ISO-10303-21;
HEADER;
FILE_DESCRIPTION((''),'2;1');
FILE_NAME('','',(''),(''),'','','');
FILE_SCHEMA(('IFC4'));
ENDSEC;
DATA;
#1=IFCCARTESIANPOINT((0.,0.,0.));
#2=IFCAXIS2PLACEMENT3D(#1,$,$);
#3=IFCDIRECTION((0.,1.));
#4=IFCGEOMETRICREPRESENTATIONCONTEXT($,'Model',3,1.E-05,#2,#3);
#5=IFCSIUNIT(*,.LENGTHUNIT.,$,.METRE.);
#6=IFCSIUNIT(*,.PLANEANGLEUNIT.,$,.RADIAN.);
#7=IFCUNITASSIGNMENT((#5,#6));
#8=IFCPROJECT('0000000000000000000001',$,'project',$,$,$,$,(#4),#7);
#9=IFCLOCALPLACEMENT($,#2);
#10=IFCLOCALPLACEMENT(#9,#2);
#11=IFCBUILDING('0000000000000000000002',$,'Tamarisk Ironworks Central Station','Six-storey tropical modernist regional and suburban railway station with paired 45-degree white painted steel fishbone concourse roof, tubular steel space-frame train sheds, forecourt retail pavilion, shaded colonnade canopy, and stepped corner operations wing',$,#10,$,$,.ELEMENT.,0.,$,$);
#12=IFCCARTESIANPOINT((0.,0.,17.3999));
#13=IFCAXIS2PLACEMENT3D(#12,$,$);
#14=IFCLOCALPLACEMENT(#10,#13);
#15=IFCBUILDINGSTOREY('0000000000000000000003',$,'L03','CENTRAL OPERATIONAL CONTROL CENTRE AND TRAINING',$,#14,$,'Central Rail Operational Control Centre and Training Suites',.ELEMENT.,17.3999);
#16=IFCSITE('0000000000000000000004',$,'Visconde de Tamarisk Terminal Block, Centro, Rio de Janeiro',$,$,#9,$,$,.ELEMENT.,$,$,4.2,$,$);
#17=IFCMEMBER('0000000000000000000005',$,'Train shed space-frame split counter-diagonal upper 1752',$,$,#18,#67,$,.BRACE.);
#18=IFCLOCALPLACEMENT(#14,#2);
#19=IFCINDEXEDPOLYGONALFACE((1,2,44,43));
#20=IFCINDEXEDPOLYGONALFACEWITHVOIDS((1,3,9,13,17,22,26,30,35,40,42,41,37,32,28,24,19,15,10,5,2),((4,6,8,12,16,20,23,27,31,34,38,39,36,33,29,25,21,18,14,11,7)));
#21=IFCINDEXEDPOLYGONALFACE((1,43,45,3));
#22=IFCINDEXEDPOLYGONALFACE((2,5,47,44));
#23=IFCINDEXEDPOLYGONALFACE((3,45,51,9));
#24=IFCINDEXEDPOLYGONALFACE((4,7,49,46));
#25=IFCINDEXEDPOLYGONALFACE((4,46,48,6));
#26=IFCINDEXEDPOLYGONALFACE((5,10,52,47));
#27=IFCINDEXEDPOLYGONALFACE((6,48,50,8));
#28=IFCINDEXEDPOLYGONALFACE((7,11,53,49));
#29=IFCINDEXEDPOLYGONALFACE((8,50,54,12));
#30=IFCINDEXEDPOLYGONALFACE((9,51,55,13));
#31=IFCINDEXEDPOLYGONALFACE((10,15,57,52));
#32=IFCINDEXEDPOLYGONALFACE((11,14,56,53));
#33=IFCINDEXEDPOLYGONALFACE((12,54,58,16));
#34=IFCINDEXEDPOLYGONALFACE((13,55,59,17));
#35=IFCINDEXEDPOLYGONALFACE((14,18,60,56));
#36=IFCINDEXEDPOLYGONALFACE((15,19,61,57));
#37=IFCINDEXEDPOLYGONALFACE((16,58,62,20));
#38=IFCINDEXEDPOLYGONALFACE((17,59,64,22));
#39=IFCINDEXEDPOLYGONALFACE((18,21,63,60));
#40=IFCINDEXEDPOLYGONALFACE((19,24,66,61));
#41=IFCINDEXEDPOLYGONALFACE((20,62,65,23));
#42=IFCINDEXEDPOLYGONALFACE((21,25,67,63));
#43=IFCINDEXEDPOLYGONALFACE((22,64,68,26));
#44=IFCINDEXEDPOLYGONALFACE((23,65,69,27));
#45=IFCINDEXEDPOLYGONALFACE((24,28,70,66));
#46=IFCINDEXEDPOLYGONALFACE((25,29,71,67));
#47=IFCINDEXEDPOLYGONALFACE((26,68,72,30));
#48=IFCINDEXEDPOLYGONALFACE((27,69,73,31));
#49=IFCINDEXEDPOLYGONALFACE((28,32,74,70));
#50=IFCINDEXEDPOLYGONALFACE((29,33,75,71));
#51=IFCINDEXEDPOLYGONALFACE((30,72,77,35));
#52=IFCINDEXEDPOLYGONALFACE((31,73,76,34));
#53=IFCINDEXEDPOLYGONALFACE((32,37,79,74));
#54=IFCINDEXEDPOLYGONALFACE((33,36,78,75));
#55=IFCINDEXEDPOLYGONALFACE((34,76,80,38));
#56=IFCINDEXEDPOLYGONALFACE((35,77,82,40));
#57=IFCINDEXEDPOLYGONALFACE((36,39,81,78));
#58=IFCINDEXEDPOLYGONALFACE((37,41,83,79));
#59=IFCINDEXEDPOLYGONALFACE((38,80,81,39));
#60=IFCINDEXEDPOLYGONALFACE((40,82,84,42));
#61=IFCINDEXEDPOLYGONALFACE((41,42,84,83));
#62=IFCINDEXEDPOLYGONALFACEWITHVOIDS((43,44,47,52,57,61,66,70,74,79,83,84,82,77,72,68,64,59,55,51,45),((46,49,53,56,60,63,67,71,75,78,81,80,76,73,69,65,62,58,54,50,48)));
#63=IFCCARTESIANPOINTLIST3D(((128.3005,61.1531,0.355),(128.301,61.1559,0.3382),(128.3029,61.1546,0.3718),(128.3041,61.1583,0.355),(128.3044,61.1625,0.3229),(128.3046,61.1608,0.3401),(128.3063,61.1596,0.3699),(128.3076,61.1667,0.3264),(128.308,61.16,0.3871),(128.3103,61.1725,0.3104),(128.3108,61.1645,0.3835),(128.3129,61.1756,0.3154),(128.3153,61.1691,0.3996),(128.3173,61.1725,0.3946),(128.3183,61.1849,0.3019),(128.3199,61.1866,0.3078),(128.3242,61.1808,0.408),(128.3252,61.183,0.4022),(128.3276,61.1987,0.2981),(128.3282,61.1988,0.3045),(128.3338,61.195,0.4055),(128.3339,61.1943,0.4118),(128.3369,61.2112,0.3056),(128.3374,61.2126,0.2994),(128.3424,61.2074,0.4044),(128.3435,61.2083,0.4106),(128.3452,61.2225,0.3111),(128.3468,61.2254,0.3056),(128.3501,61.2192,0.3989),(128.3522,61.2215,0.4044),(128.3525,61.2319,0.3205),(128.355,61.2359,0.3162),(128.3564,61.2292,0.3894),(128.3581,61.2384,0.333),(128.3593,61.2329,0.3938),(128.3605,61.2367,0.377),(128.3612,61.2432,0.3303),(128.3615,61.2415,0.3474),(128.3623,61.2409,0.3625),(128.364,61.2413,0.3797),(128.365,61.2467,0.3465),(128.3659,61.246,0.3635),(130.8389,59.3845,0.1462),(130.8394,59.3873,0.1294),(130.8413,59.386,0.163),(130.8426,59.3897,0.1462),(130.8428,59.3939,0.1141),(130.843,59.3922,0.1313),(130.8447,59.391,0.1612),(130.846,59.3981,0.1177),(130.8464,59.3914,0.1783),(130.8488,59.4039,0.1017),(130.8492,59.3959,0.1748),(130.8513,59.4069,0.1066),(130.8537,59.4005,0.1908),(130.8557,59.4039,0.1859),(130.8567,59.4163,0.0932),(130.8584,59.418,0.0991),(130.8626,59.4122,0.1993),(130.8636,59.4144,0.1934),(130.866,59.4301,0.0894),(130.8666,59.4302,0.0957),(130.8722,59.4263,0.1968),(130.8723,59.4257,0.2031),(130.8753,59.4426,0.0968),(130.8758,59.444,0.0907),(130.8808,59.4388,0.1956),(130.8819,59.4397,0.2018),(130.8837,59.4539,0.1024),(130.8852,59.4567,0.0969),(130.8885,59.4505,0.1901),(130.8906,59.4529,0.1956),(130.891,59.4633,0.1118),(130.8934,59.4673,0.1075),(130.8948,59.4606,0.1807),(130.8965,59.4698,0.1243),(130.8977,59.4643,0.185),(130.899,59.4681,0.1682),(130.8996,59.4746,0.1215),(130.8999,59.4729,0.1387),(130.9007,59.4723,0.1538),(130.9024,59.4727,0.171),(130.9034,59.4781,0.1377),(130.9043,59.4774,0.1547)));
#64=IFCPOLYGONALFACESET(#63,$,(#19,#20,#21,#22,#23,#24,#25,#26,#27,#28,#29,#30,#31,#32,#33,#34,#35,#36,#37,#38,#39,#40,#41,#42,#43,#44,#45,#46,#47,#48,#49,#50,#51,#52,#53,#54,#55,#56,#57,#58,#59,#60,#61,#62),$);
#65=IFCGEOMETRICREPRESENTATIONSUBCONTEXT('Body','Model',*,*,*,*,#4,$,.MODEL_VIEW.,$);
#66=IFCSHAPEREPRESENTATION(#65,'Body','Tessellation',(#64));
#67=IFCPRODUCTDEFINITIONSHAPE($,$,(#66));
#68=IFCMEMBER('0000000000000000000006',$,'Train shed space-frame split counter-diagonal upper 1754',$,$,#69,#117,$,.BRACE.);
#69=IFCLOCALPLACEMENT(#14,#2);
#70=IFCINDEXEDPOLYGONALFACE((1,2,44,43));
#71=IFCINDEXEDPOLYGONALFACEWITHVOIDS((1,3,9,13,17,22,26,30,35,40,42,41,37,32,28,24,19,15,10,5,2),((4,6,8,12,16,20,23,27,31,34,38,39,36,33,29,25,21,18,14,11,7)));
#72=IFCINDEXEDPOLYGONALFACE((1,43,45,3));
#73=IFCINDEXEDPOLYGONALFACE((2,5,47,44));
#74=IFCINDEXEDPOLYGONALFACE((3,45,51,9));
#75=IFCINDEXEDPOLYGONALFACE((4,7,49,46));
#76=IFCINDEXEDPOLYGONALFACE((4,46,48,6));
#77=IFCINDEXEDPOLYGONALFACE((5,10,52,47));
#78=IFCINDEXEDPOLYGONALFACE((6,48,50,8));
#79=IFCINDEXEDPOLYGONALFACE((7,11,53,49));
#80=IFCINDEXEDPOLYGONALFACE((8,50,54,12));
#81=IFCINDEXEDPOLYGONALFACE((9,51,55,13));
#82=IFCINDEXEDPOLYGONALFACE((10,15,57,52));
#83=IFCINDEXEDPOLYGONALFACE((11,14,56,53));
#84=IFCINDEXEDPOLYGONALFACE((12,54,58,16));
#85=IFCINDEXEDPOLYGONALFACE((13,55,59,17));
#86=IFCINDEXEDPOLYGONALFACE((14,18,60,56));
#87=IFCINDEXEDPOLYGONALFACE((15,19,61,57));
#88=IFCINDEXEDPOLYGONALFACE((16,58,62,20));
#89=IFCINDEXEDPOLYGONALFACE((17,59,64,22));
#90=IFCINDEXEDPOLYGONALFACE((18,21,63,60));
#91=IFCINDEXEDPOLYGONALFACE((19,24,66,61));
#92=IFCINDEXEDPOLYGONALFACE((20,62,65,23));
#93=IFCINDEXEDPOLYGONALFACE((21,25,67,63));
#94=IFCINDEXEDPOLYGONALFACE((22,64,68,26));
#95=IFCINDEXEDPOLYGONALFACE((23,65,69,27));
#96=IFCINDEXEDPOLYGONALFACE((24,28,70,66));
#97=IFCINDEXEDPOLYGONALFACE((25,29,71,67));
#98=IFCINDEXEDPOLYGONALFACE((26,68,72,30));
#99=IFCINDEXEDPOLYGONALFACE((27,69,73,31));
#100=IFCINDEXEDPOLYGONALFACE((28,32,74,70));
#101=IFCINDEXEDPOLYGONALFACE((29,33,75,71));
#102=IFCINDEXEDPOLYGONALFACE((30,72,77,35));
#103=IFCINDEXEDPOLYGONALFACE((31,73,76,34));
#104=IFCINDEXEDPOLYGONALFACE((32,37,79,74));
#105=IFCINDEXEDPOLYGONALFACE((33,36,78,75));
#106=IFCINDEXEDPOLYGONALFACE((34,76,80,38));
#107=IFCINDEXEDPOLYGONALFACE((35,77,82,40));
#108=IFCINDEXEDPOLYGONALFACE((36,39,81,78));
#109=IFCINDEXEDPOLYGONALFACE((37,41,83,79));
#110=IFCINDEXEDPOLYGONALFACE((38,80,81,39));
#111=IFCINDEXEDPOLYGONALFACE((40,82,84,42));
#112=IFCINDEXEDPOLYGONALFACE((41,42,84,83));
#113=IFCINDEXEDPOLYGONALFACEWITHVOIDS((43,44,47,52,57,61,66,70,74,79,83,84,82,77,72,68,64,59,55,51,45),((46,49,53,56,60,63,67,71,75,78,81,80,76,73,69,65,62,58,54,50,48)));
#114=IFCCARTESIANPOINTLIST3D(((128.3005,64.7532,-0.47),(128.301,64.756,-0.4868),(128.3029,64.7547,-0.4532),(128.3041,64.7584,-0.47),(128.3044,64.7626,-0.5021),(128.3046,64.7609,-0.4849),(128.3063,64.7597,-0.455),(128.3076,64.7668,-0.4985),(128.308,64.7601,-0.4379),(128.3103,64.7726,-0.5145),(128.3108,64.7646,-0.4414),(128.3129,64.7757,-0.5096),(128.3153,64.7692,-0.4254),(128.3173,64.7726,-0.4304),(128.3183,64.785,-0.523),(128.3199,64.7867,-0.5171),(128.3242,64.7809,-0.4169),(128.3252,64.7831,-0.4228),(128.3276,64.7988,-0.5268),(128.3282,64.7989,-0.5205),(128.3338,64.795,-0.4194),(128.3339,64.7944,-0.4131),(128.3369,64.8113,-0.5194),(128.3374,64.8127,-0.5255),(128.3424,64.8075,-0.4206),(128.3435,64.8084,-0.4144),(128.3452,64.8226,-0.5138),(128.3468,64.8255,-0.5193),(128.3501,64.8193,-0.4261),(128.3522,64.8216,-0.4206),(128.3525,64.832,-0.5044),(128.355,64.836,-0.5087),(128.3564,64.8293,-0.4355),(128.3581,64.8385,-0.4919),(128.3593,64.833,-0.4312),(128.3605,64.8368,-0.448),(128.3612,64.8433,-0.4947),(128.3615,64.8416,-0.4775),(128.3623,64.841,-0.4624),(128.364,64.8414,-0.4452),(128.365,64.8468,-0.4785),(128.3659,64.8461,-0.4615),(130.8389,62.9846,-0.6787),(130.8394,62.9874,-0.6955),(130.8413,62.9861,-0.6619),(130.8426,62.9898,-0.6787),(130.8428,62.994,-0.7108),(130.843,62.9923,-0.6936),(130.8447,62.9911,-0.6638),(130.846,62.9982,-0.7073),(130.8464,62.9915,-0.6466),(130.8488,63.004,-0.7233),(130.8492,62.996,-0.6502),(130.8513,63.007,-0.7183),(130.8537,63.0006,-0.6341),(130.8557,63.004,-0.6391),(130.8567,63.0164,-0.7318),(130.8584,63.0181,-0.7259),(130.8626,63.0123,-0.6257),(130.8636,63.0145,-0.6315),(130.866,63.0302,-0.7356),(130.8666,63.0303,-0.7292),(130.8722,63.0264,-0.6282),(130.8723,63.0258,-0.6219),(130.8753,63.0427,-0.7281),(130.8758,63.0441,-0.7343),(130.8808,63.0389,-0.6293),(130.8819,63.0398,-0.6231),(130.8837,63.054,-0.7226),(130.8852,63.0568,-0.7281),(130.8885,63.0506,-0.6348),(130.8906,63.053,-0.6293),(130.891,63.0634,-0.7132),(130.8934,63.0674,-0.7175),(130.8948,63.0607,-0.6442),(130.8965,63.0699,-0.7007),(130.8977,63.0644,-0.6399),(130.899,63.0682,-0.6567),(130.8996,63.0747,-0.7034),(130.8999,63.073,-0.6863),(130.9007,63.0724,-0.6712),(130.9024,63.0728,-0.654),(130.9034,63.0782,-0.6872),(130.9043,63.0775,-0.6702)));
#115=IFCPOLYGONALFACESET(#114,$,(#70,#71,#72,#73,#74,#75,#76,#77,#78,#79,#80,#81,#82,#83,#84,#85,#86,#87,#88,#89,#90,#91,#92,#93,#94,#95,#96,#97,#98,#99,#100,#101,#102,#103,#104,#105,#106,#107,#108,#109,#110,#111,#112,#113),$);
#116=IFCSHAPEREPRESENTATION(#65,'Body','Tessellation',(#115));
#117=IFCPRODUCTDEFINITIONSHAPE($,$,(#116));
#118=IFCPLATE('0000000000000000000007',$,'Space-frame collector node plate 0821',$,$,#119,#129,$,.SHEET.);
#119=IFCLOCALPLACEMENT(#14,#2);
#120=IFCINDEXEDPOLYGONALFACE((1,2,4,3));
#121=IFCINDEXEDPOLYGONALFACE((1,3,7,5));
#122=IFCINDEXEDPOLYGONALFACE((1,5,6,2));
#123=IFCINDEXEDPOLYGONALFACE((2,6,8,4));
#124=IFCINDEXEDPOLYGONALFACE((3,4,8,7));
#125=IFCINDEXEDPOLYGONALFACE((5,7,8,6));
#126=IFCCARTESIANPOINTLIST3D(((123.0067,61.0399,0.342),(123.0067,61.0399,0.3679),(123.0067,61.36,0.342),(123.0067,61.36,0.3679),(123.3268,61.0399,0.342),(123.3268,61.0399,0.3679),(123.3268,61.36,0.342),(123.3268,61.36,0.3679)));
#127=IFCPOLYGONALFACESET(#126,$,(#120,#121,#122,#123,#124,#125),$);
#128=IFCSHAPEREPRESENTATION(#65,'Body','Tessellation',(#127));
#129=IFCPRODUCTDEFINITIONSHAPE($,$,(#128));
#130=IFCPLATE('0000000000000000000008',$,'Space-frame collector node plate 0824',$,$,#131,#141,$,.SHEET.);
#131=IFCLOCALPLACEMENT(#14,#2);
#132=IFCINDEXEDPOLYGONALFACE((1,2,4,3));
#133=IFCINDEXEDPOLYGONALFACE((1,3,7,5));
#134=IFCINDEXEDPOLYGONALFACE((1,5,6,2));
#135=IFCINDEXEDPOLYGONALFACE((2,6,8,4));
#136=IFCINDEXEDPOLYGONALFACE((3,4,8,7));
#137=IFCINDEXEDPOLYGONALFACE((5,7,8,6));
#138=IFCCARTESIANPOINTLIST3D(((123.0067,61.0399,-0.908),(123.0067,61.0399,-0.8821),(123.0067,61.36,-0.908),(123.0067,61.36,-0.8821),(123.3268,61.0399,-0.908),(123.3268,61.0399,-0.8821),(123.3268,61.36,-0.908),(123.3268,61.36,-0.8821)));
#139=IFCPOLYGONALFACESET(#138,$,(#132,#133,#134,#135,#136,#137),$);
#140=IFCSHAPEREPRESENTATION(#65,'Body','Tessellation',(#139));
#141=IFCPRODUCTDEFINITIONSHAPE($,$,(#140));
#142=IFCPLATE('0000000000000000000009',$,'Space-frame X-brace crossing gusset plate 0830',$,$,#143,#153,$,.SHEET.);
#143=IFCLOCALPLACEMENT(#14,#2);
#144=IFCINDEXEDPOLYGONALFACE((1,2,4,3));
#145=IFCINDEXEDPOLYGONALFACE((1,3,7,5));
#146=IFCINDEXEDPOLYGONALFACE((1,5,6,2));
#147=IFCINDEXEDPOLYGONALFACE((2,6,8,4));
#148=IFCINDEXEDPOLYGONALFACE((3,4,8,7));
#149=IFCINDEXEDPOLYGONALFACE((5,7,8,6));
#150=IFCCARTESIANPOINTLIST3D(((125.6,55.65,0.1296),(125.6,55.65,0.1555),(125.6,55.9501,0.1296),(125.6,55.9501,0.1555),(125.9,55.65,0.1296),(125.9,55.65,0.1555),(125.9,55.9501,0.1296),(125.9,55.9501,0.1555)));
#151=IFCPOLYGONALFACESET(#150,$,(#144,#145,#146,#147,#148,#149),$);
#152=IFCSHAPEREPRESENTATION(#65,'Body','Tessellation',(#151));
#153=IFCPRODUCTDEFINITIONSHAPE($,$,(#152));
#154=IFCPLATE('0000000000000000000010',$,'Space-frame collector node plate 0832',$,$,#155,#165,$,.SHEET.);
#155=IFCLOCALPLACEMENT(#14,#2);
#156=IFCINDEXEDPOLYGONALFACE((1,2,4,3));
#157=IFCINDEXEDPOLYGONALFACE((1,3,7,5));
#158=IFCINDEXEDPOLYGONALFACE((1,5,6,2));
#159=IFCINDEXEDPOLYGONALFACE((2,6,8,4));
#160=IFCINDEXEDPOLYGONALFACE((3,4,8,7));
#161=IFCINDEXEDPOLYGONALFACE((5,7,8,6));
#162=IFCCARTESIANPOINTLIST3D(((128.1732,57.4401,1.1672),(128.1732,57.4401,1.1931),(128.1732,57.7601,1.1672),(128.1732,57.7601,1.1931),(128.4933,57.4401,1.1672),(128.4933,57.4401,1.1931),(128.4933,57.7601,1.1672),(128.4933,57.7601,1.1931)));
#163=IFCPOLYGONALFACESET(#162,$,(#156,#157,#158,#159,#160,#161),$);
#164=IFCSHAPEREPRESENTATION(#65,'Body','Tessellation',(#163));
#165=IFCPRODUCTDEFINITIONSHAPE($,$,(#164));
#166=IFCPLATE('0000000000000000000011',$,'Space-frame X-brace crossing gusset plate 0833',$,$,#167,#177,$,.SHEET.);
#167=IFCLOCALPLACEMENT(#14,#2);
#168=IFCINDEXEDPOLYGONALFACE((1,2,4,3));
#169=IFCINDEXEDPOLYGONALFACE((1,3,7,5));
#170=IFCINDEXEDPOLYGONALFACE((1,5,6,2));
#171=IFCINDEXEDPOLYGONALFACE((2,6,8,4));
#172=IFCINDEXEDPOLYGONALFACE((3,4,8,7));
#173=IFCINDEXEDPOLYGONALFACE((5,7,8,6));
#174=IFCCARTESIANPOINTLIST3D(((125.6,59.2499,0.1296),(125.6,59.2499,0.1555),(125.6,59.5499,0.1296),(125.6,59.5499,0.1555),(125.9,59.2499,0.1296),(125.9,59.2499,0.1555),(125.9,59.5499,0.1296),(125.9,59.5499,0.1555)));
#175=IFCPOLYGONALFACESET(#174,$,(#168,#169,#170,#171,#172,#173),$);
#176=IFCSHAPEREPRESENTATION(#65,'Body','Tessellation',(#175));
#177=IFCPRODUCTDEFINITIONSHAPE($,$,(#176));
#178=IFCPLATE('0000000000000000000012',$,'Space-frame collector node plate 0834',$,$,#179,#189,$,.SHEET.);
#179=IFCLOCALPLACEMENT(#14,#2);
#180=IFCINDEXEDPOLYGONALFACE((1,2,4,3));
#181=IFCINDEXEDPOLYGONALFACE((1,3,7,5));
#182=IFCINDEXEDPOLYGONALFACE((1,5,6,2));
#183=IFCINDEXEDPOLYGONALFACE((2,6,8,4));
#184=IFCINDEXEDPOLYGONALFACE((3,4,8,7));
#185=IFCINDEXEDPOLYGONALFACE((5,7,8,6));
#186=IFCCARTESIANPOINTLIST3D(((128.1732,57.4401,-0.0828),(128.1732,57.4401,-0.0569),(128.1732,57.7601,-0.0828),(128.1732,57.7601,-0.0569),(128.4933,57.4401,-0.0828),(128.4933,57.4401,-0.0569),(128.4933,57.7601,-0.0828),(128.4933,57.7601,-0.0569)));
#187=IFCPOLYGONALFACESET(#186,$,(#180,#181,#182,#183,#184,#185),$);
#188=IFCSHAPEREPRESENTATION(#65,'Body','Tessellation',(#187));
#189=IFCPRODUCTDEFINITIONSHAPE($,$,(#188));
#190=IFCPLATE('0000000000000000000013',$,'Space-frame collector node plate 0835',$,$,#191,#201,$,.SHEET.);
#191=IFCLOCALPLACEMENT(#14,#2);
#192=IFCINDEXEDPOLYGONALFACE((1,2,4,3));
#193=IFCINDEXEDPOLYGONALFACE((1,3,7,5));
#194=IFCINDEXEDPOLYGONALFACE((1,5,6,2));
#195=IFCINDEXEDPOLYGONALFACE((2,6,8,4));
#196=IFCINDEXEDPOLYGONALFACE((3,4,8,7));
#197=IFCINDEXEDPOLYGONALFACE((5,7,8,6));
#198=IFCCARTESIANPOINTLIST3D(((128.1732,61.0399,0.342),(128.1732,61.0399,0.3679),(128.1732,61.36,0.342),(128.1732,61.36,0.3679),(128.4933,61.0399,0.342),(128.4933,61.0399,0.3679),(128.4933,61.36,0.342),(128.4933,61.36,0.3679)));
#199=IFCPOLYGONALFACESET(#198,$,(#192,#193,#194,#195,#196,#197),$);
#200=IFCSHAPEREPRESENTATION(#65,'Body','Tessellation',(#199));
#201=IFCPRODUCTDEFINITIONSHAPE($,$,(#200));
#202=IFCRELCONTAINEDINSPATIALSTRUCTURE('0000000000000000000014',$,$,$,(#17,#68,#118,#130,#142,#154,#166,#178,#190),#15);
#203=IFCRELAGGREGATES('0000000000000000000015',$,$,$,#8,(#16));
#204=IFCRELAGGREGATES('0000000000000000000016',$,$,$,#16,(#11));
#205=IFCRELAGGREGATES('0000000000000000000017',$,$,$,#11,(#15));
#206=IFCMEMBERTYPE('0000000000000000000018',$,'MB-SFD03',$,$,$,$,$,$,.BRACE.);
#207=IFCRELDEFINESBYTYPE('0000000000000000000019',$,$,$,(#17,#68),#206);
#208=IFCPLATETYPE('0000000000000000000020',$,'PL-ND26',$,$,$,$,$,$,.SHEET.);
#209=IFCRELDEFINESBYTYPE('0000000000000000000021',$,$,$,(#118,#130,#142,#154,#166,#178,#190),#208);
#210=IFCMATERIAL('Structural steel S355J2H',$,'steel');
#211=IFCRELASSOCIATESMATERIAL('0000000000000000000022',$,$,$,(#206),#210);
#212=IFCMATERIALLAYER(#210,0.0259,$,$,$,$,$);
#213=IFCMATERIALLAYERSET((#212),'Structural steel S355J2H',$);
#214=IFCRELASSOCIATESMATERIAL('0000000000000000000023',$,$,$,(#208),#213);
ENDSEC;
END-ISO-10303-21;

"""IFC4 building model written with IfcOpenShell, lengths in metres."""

from ifc_helpers import new_model, si_unit, direction, frame, origin, origin_2d, place, context, subcontext, project, spatial, rectangle, hollow_circle, extrude, material, layer, layer_set, material_profile, profile_set, type_object, element, save


model = new_model("IFC4")

# Units and contexts
model_context = context("Model", 3, precision=1e-05, world=origin(), true_north=direction((0.0, 1.0)))
body_context = subcontext(model_context, "Body", "Model", "MODEL_VIEW")
ifc_project = project(units=[si_unit("LENGTHUNIT", "METRE"), si_unit("PLANEANGLEUNIT", "RADIAN")], contexts=[model_context])

# Site, building, storey
site_placement = place(None, origin())
site = spatial("IfcSite", under=ifc_project, at=site_placement, Name="Visconde de Tamarisk Terminal Block, Centro, Rio de Janeiro", CompositionType="ELEMENT", RefElevation=4.2)
building_placement = place(site_placement, origin())
building = spatial("IfcBuilding", under=site, at=building_placement, Name="Tamarisk Ironworks Central Station", Description="Six-storey tropical modernist regional and suburban railway station with paired 45-degree white painted steel fishbone concourse roof, tubular steel space-frame train sheds, forecourt retail pavilion, shaded colonnade canopy, and stepped corner operations wing", CompositionType="ELEMENT", ElevationOfRefHeight=0.0)
storey_placement = place(building_placement, frame((0.0, 0.0, 17.3999)))
storey = spatial("IfcBuildingStorey", under=building, at=storey_placement, Name="L03", Description="CENTRAL OPERATIONAL CONTROL CENTRE AND TRAINING", LongName="Central Rail Operational Control Centre and Training Suites", CompositionType="ELEMENT", Elevation=17.3999)

# Members
ifc_material = material(Name="Structural steel S355J2H", Category="steel")
ifc_material_profile_1 = material_profile(ifc_material, hollow_circle(Radius=0.0571, WallThickness=0.0063, at=origin_2d()), Name="CHS 114.3x6.3")
ifc_profile_set_1 = profile_set([ifc_material_profile_1], Name="Structural steel S355J2H")
member_type_1 = type_object("IfcMemberType", Name="MB-SFD03", PredefinedType="BRACE", material=ifc_profile_set_1)
for number, where, z_axis, x_axis, name in (
    (1, (130.8716, 59.4314, 0.1462), (-0.818625, 0.570369, 0.06732), (-0.571666, -0.820487, 0.0), "Train shed space-frame split counter-diagonal upper 1752"),
    (2, (130.8716, 63.0315, -0.6787), (-0.818625, 0.570369, 0.06732), (-0.571666, -0.820487, 0.0), "Train shed space-frame split counter-diagonal upper 1754"),
):
    element("IfcMember", number, at=place(storey_placement, frame(where, z_axis=z_axis, x_axis=x_axis)), inside=storey, type_object=member_type_1, Name=name, PredefinedType="BRACE", context=body_context, shape_type="SweptSolid", body=[
        extrude(hollow_circle(Radius=0.0571, WallThickness=0.0063, at=origin_2d()), origin(), (0.0, 0.0, 1.0), 3.1008),
    ])

# Plates
ifc_layer = layer(ifc_material, 0.0259)
ifc_layer_set = layer_set([ifc_layer], Name="Structural steel S355J2H")
plate_type = type_object("IfcPlateType", Name="PL-ND26", PredefinedType="SHEET", material=ifc_layer_set)
for number, where, z_axis, x_axis, name in (
    (3, (123.1667, 61.2, 0.342), (0.0, 0.0, 1.0), (1.0, 0.0, 0.0), "Space-frame collector node plate 0821"),
    (4, (123.1667, 61.2, -0.908), (0.0, 0.0, 1.0), (1.0, 0.0, 0.0), "Space-frame collector node plate 0824"),
):
    element("IfcPlate", number, at=place(storey_placement, frame(where, z_axis=z_axis, x_axis=x_axis)), inside=storey, type_object=plate_type, Name=name, PredefinedType="SHEET", context=body_context, shape_type="SweptSolid", body=[
        extrude(rectangle(XDim=0.3201, YDim=0.3201, at=origin_2d()), origin(), (0.0, 0.0, 1.0), 0.0259),
    ])
plate_1_placement = place(storey_placement, frame((125.75, 55.8, 0.1296), z_axis=(0.0, 0.0, 1.0), x_axis=(1.0, 0.0, 0.0)))
element("IfcPlate", 5, at=plate_1_placement, inside=storey, type_object=plate_type, Name="Space-frame X-brace crossing gusset plate 0830", PredefinedType="SHEET", context=body_context, shape_type="SweptSolid", body=[
    extrude(rectangle(XDim=0.3, YDim=0.3, at=origin_2d()), origin(), (0.0, 0.0, 1.0), 0.0259),
])
plate_2_placement = place(storey_placement, frame((128.3333, 57.6001, 1.1672), z_axis=(0.0, 0.0, 1.0), x_axis=(1.0, 0.0, 0.0)))
element("IfcPlate", 6, at=plate_2_placement, inside=storey, type_object=plate_type, Name="Space-frame collector node plate 0832", PredefinedType="SHEET", context=body_context, shape_type="SweptSolid", body=[
    extrude(rectangle(XDim=0.3201, YDim=0.3201, at=origin_2d()), origin(), (0.0, 0.0, 1.0), 0.0259),
])
plate_3_placement = place(storey_placement, frame((125.75, 59.3999, 0.1296), z_axis=(0.0, 0.0, 1.0), x_axis=(1.0, 0.0, 0.0)))
element("IfcPlate", 7, at=plate_3_placement, inside=storey, type_object=plate_type, Name="Space-frame X-brace crossing gusset plate 0833", PredefinedType="SHEET", context=body_context, shape_type="SweptSolid", body=[
    extrude(rectangle(XDim=0.3, YDim=0.3, at=origin_2d()), origin(), (0.0, 0.0, 1.0), 0.0259),
])
for number, where, z_axis, x_axis, name in (
    (8, (128.3333, 57.6001, -0.0828), (0.0, 0.0, 1.0), (1.0, 0.0, 0.0), "Space-frame collector node plate 0834"),
    (9, (128.3333, 61.2, 0.342), (0.0, 0.0, 1.0), (1.0, 0.0, 0.0), "Space-frame collector node plate 0835"),
):
    element("IfcPlate", number, at=place(storey_placement, frame(where, z_axis=z_axis, x_axis=x_axis)), inside=storey, type_object=plate_type, Name=name, PredefinedType="SHEET", context=body_context, shape_type="SweptSolid", body=[
        extrude(rectangle(XDim=0.3201, YDim=0.3201, at=origin_2d()), origin(), (0.0, 0.0, 1.0), 0.0259),
    ])

save(model, "model.ifc")
